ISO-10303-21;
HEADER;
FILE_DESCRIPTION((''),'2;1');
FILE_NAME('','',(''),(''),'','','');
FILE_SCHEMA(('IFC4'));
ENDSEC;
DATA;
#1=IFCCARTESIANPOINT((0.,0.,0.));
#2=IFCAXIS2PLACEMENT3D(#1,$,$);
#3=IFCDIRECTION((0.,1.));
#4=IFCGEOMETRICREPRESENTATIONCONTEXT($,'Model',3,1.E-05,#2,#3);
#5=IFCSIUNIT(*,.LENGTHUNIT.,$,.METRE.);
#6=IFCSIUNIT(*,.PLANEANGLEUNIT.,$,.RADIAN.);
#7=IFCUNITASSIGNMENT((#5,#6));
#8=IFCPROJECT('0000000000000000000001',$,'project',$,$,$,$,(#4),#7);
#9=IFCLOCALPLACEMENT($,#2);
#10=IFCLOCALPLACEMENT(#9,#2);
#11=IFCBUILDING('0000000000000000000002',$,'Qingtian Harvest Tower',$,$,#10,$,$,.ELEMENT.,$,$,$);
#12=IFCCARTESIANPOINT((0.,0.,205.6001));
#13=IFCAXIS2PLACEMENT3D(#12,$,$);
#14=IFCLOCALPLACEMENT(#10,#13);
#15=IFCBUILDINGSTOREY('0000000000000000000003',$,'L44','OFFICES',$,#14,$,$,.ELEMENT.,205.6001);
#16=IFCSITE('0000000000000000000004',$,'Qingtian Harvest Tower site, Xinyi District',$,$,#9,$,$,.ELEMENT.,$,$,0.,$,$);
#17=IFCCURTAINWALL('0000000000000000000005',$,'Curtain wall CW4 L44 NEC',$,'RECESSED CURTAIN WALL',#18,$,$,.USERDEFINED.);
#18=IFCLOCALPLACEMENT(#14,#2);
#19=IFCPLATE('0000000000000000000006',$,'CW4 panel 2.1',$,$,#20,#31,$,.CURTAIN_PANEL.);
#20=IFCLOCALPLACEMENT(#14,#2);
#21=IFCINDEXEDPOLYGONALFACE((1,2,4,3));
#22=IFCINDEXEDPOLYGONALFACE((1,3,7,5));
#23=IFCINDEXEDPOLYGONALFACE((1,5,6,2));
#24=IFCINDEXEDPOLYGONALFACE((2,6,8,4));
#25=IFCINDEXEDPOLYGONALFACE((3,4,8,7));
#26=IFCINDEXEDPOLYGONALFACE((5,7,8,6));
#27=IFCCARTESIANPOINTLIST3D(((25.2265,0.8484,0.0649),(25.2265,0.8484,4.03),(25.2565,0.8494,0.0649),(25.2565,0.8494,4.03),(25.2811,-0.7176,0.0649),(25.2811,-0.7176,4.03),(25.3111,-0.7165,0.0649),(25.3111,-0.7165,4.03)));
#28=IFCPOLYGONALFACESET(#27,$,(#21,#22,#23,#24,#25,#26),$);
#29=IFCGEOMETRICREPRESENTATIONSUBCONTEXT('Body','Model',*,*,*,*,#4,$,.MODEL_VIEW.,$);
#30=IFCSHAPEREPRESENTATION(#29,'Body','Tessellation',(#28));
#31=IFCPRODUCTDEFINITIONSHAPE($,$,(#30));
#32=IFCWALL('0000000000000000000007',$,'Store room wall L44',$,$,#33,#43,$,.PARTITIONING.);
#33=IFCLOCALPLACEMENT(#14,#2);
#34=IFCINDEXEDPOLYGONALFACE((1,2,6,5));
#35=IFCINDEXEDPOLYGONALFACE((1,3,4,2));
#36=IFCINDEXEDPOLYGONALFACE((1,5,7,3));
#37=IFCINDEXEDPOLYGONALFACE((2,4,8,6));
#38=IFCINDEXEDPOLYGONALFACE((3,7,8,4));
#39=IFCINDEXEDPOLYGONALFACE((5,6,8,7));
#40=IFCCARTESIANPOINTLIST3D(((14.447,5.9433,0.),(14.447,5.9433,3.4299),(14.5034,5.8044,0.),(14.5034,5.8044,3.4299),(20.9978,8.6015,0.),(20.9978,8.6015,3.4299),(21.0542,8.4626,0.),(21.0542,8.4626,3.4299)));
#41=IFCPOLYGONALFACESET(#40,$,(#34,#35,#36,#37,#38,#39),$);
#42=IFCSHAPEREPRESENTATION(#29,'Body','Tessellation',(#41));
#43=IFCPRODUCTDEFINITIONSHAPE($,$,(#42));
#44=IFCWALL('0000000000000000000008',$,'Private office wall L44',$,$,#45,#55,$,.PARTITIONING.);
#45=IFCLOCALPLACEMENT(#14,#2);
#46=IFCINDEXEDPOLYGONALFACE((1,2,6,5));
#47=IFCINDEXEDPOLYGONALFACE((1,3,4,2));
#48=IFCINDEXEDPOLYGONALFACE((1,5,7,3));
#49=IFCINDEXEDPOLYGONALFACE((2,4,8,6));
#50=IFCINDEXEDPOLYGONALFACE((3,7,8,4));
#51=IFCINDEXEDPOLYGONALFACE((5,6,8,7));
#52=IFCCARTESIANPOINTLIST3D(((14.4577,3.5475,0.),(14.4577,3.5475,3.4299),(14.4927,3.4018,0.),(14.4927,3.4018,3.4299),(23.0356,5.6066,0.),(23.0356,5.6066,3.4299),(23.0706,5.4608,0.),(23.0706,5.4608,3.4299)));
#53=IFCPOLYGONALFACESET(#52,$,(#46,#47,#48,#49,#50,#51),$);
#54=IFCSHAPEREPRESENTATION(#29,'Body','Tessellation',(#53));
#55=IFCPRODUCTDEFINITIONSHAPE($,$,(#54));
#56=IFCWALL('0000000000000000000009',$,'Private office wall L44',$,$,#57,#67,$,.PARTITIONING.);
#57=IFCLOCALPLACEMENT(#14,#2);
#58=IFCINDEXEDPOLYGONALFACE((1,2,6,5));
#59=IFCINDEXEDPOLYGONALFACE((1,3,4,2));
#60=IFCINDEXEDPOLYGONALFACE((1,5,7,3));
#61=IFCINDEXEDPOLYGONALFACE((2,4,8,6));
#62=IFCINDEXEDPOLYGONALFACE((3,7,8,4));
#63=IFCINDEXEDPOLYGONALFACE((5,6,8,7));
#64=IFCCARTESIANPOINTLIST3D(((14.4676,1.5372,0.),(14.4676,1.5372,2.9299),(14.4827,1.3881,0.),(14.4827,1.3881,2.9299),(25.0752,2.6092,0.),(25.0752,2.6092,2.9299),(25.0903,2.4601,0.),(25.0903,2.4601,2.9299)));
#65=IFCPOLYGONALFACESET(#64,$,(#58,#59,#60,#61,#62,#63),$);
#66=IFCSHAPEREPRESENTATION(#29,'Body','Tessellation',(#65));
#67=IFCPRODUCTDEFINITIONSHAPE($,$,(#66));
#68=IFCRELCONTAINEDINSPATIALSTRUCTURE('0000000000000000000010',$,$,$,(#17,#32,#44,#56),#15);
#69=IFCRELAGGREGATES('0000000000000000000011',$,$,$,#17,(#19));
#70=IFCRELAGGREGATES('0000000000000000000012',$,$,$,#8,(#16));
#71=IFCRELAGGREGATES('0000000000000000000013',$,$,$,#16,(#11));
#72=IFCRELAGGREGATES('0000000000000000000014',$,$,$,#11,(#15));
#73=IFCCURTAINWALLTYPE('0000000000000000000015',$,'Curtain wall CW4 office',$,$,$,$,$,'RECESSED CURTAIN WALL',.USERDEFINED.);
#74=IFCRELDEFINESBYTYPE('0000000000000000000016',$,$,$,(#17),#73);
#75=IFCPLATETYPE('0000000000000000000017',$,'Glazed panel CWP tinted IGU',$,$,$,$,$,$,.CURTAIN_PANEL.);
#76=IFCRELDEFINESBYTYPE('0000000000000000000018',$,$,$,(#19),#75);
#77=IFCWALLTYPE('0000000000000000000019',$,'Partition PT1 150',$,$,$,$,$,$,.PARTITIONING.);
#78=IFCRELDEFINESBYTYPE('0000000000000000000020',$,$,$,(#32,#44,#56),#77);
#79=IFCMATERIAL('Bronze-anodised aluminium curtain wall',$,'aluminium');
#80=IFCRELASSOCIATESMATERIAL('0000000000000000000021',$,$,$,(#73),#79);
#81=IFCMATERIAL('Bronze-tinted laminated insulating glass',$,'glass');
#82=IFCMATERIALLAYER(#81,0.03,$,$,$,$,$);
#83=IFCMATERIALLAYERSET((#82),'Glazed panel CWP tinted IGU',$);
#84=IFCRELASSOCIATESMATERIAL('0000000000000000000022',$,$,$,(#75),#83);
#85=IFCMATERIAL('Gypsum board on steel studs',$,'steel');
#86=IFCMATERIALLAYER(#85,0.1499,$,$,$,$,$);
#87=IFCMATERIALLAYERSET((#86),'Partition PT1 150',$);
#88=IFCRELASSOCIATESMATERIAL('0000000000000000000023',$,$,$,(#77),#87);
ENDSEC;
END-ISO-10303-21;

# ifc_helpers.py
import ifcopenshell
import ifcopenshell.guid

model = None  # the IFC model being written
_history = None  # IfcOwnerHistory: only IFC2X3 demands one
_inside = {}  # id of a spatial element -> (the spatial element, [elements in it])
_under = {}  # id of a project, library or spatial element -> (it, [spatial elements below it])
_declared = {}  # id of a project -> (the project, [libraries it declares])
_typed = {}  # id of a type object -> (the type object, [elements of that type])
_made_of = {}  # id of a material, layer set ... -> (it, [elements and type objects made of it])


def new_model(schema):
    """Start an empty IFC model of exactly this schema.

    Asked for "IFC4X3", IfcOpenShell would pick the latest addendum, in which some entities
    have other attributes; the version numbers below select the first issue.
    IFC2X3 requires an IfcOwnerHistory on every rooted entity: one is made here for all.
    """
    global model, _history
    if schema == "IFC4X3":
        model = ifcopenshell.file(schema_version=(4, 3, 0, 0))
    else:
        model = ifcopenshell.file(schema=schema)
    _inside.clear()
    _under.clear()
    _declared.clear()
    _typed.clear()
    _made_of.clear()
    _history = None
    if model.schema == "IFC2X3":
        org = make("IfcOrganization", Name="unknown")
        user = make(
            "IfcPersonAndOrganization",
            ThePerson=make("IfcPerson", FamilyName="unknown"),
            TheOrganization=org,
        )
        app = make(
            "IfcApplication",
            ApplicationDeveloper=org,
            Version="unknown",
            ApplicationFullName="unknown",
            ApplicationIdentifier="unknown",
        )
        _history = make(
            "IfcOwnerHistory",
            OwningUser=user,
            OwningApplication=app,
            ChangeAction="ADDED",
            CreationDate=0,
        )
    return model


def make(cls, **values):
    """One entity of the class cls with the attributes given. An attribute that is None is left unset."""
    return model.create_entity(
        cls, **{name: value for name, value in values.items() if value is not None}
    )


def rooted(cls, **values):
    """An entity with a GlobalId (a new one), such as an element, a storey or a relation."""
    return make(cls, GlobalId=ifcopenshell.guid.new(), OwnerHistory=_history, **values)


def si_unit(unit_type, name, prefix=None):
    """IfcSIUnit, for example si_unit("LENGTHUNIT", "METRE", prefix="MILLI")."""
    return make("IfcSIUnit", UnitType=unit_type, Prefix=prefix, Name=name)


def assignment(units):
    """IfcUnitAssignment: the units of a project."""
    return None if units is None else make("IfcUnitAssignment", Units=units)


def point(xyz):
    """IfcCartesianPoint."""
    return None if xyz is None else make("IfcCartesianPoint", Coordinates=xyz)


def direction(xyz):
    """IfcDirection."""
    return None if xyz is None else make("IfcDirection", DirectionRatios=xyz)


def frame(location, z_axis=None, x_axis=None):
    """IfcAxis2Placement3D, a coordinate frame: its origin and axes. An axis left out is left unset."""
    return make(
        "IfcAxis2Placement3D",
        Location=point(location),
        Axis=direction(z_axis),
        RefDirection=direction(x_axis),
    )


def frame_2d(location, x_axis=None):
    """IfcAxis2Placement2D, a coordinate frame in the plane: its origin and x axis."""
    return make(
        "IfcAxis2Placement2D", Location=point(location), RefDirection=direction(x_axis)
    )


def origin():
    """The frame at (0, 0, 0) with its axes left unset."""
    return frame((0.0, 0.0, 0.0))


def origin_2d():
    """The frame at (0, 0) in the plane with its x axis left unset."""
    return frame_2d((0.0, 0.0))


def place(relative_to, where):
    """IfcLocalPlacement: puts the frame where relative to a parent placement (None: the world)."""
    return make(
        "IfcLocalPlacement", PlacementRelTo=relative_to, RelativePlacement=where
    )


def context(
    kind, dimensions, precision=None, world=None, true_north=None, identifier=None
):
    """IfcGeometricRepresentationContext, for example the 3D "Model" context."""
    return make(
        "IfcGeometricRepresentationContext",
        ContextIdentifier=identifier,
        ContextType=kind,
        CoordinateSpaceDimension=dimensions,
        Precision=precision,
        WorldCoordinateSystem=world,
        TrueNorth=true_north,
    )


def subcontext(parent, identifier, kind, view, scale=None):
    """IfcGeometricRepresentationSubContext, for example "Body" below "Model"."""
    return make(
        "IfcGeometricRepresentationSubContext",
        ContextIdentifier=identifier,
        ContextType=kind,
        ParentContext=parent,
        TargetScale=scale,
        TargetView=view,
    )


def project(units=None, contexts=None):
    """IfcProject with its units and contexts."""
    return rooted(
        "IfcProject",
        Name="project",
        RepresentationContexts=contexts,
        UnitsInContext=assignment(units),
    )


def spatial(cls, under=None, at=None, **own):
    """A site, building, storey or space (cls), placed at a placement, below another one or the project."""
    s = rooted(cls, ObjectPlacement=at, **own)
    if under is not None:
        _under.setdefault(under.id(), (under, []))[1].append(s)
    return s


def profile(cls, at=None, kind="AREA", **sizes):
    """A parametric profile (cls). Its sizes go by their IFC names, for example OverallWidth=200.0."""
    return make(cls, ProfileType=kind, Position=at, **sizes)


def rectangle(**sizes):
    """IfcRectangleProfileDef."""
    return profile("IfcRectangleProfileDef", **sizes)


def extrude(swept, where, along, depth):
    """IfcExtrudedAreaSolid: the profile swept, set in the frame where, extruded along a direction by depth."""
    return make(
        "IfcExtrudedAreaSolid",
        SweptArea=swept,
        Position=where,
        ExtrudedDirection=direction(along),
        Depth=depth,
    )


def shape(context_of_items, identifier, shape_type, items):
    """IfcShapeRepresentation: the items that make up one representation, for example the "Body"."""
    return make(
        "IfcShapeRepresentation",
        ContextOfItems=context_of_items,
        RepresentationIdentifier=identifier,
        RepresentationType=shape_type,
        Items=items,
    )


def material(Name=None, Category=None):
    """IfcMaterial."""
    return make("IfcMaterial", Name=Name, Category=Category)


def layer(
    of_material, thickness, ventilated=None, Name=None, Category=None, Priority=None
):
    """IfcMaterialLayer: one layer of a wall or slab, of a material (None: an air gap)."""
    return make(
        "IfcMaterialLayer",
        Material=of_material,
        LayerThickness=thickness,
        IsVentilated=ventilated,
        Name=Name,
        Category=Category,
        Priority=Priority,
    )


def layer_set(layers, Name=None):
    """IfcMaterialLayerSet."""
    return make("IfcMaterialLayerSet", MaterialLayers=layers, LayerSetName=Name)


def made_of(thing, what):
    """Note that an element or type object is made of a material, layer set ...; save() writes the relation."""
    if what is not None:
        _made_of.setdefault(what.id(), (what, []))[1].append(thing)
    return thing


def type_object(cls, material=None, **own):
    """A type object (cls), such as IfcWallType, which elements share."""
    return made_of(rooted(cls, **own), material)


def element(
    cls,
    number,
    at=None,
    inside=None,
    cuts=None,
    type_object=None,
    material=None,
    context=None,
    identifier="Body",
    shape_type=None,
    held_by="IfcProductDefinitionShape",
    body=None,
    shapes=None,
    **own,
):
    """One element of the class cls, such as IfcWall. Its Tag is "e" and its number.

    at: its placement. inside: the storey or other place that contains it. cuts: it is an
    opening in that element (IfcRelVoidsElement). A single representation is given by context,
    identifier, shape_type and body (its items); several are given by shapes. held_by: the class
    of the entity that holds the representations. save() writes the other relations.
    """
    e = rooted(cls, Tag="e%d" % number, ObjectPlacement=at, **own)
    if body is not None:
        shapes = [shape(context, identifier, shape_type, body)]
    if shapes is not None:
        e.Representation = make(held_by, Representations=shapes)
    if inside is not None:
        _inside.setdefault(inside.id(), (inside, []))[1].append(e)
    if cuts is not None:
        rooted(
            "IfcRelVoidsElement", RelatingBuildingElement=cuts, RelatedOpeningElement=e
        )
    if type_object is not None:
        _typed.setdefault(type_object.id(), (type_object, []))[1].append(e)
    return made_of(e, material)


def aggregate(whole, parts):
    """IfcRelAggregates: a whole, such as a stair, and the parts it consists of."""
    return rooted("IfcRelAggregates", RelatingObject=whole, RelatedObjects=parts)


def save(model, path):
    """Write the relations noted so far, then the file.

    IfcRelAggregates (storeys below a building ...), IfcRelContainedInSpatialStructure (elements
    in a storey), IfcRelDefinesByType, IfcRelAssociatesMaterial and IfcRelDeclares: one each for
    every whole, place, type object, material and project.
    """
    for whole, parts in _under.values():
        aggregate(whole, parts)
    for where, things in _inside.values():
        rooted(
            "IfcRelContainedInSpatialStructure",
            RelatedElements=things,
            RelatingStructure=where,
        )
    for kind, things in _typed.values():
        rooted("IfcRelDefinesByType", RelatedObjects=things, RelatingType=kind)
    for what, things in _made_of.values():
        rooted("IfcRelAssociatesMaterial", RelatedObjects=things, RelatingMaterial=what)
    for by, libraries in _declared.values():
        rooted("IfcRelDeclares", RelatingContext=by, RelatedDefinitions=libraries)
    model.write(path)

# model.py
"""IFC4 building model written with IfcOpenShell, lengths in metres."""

from ifc_helpers import new_model, si_unit, direction, frame, frame_2d, origin, origin_2d, place, context, subcontext, project, spatial, rectangle, extrude, material, layer, layer_set, type_object, element, aggregate, save


model = new_model("IFC4")

# Units and contexts
model_context = context("Model", 3, precision=1e-05, world=origin(), true_north=direction((0.0, 1.0)))
body_context = subcontext(model_context, "Body", "Model", "MODEL_VIEW")
ifc_project = project(units=[si_unit("LENGTHUNIT", "METRE"), si_unit("PLANEANGLEUNIT", "RADIAN")], contexts=[model_context])

# Site, building, storey
site_placement = place(None, origin())
site = spatial("IfcSite", under=ifc_project, at=site_placement, Name="Qingtian Harvest Tower site, Xinyi District", CompositionType="ELEMENT", RefElevation=0.0)
building_placement = place(site_placement, origin())
building = spatial("IfcBuilding", under=site, at=building_placement, Name="Qingtian Harvest Tower", CompositionType="ELEMENT")
storey_placement = place(building_placement, frame((0.0, 0.0, 205.6001)))
storey = spatial("IfcBuildingStorey", under=building, at=storey_placement, Name="L44", Description="OFFICES", CompositionType="ELEMENT", Elevation=205.6001)

# Curtain wall
ifc_material_1 = material(Name="Bronze-anodised aluminium curtain wall", Category="aluminium")
curtain_wall_type = type_object("IfcCurtainWallType", Name="Curtain wall CW4 office", ElementType="RECESSED CURTAIN WALL", PredefinedType="USERDEFINED", material=ifc_material_1)
curtain_wall_1_placement = place(storey_placement, origin())
curtain_wall_1 = element("IfcCurtainWall", 1, at=curtain_wall_1_placement, inside=storey, type_object=curtain_wall_type, Name="Curtain wall CW4 L44 NEC", ObjectType="RECESSED CURTAIN WALL", PredefinedType="USERDEFINED")

# Plate
ifc_material_2 = material(Name="Bronze-tinted laminated insulating glass", Category="glass")
ifc_layer_1 = layer(ifc_material_2, 0.03)
ifc_layer_set_1 = layer_set([ifc_layer_1], Name="Glazed panel CWP tinted IGU")
plate_type = type_object("IfcPlateType", Name="Glazed panel CWP tinted IGU", PredefinedType="CURTAIN_PANEL", material=ifc_layer_set_1)
plate_1_placement = place(storey_placement, frame((25.2688, 0.0659, 0.0649), z_axis=(0.0, 0.0, 1.0), x_axis=(0.034899, -0.999391, 0.0)))
plate_1 = element("IfcPlate", 2, at=plate_1_placement, type_object=plate_type, Name="CW4 panel 2.1", PredefinedType="CURTAIN_PANEL", context=body_context, shape_type="SweptSolid", body=[
    extrude(rectangle(XDim=1.5669, YDim=0.03, at=origin_2d()), origin(), (0.0, 0.0, 1.0), 3.9651),
])
aggregate(curtain_wall_1, [plate_1])

# Wall
ifc_material_3 = material(Name="Gypsum board on steel studs", Category="steel")
ifc_layer_2 = layer(ifc_material_3, 0.1499)
ifc_layer_set_2 = layer_set([ifc_layer_2], Name="Partition PT1 150")
wall_type = type_object("IfcWallType", Name="Partition PT1 150", PredefinedType="PARTITIONING", material=ifc_layer_set_2)
wall_1_placement = place(storey_placement, frame((21.0259, 8.532, 0.0), z_axis=(0.0, 0.0, 1.0), x_axis=(-0.926617, -0.376006, 0.0)))
element("IfcWall", 3, at=wall_1_placement, inside=storey, type_object=wall_type, Name="Store room wall L44", PredefinedType="PARTITIONING", context=body_context, shape_type="SweptSolid", body=[
    extrude(rectangle(XDim=7.0696, YDim=0.1499, at=frame_2d((3.5347, 0.0))), origin(), (0.0, 0.0, 1.0), 3.4299),
])

# Wall
wall_2_placement = place(storey_placement, frame((23.053, 5.5337, 0.0), z_axis=(0.0, 0.0, 1.0), x_axis=(-0.972377, -0.233415, 0.0)))
element("IfcWall", 4, at=wall_2_placement, inside=storey, type_object=wall_type, Name="Private office wall L44", PredefinedType="PARTITIONING", context=body_context, shape_type="SweptSolid", body=[
    extrude(rectangle(XDim=8.8215, YDim=0.1499, at=frame_2d((4.4106, 0.0))), origin(), (0.0, 0.0, 1.0), 3.4299),
])

# Wall
wall_3_placement = place(storey_placement, frame((25.0828, 2.5347, 0.0), z_axis=(0.0, 0.0, 1.0), x_axis=(-0.994932, -0.100549, 0.0)))
element("IfcWall", 5, at=wall_3_placement, inside=storey, type_object=wall_type, Name="Private office wall L44", PredefinedType="PARTITIONING", context=body_context, shape_type="SweptSolid", body=[
    extrude(rectangle(XDim=10.6616, YDim=0.1499, at=frame_2d((5.3308, 0.0))), origin(), (0.0, 0.0, 1.0), 2.9299),
])

save(model, "model.ifc")
